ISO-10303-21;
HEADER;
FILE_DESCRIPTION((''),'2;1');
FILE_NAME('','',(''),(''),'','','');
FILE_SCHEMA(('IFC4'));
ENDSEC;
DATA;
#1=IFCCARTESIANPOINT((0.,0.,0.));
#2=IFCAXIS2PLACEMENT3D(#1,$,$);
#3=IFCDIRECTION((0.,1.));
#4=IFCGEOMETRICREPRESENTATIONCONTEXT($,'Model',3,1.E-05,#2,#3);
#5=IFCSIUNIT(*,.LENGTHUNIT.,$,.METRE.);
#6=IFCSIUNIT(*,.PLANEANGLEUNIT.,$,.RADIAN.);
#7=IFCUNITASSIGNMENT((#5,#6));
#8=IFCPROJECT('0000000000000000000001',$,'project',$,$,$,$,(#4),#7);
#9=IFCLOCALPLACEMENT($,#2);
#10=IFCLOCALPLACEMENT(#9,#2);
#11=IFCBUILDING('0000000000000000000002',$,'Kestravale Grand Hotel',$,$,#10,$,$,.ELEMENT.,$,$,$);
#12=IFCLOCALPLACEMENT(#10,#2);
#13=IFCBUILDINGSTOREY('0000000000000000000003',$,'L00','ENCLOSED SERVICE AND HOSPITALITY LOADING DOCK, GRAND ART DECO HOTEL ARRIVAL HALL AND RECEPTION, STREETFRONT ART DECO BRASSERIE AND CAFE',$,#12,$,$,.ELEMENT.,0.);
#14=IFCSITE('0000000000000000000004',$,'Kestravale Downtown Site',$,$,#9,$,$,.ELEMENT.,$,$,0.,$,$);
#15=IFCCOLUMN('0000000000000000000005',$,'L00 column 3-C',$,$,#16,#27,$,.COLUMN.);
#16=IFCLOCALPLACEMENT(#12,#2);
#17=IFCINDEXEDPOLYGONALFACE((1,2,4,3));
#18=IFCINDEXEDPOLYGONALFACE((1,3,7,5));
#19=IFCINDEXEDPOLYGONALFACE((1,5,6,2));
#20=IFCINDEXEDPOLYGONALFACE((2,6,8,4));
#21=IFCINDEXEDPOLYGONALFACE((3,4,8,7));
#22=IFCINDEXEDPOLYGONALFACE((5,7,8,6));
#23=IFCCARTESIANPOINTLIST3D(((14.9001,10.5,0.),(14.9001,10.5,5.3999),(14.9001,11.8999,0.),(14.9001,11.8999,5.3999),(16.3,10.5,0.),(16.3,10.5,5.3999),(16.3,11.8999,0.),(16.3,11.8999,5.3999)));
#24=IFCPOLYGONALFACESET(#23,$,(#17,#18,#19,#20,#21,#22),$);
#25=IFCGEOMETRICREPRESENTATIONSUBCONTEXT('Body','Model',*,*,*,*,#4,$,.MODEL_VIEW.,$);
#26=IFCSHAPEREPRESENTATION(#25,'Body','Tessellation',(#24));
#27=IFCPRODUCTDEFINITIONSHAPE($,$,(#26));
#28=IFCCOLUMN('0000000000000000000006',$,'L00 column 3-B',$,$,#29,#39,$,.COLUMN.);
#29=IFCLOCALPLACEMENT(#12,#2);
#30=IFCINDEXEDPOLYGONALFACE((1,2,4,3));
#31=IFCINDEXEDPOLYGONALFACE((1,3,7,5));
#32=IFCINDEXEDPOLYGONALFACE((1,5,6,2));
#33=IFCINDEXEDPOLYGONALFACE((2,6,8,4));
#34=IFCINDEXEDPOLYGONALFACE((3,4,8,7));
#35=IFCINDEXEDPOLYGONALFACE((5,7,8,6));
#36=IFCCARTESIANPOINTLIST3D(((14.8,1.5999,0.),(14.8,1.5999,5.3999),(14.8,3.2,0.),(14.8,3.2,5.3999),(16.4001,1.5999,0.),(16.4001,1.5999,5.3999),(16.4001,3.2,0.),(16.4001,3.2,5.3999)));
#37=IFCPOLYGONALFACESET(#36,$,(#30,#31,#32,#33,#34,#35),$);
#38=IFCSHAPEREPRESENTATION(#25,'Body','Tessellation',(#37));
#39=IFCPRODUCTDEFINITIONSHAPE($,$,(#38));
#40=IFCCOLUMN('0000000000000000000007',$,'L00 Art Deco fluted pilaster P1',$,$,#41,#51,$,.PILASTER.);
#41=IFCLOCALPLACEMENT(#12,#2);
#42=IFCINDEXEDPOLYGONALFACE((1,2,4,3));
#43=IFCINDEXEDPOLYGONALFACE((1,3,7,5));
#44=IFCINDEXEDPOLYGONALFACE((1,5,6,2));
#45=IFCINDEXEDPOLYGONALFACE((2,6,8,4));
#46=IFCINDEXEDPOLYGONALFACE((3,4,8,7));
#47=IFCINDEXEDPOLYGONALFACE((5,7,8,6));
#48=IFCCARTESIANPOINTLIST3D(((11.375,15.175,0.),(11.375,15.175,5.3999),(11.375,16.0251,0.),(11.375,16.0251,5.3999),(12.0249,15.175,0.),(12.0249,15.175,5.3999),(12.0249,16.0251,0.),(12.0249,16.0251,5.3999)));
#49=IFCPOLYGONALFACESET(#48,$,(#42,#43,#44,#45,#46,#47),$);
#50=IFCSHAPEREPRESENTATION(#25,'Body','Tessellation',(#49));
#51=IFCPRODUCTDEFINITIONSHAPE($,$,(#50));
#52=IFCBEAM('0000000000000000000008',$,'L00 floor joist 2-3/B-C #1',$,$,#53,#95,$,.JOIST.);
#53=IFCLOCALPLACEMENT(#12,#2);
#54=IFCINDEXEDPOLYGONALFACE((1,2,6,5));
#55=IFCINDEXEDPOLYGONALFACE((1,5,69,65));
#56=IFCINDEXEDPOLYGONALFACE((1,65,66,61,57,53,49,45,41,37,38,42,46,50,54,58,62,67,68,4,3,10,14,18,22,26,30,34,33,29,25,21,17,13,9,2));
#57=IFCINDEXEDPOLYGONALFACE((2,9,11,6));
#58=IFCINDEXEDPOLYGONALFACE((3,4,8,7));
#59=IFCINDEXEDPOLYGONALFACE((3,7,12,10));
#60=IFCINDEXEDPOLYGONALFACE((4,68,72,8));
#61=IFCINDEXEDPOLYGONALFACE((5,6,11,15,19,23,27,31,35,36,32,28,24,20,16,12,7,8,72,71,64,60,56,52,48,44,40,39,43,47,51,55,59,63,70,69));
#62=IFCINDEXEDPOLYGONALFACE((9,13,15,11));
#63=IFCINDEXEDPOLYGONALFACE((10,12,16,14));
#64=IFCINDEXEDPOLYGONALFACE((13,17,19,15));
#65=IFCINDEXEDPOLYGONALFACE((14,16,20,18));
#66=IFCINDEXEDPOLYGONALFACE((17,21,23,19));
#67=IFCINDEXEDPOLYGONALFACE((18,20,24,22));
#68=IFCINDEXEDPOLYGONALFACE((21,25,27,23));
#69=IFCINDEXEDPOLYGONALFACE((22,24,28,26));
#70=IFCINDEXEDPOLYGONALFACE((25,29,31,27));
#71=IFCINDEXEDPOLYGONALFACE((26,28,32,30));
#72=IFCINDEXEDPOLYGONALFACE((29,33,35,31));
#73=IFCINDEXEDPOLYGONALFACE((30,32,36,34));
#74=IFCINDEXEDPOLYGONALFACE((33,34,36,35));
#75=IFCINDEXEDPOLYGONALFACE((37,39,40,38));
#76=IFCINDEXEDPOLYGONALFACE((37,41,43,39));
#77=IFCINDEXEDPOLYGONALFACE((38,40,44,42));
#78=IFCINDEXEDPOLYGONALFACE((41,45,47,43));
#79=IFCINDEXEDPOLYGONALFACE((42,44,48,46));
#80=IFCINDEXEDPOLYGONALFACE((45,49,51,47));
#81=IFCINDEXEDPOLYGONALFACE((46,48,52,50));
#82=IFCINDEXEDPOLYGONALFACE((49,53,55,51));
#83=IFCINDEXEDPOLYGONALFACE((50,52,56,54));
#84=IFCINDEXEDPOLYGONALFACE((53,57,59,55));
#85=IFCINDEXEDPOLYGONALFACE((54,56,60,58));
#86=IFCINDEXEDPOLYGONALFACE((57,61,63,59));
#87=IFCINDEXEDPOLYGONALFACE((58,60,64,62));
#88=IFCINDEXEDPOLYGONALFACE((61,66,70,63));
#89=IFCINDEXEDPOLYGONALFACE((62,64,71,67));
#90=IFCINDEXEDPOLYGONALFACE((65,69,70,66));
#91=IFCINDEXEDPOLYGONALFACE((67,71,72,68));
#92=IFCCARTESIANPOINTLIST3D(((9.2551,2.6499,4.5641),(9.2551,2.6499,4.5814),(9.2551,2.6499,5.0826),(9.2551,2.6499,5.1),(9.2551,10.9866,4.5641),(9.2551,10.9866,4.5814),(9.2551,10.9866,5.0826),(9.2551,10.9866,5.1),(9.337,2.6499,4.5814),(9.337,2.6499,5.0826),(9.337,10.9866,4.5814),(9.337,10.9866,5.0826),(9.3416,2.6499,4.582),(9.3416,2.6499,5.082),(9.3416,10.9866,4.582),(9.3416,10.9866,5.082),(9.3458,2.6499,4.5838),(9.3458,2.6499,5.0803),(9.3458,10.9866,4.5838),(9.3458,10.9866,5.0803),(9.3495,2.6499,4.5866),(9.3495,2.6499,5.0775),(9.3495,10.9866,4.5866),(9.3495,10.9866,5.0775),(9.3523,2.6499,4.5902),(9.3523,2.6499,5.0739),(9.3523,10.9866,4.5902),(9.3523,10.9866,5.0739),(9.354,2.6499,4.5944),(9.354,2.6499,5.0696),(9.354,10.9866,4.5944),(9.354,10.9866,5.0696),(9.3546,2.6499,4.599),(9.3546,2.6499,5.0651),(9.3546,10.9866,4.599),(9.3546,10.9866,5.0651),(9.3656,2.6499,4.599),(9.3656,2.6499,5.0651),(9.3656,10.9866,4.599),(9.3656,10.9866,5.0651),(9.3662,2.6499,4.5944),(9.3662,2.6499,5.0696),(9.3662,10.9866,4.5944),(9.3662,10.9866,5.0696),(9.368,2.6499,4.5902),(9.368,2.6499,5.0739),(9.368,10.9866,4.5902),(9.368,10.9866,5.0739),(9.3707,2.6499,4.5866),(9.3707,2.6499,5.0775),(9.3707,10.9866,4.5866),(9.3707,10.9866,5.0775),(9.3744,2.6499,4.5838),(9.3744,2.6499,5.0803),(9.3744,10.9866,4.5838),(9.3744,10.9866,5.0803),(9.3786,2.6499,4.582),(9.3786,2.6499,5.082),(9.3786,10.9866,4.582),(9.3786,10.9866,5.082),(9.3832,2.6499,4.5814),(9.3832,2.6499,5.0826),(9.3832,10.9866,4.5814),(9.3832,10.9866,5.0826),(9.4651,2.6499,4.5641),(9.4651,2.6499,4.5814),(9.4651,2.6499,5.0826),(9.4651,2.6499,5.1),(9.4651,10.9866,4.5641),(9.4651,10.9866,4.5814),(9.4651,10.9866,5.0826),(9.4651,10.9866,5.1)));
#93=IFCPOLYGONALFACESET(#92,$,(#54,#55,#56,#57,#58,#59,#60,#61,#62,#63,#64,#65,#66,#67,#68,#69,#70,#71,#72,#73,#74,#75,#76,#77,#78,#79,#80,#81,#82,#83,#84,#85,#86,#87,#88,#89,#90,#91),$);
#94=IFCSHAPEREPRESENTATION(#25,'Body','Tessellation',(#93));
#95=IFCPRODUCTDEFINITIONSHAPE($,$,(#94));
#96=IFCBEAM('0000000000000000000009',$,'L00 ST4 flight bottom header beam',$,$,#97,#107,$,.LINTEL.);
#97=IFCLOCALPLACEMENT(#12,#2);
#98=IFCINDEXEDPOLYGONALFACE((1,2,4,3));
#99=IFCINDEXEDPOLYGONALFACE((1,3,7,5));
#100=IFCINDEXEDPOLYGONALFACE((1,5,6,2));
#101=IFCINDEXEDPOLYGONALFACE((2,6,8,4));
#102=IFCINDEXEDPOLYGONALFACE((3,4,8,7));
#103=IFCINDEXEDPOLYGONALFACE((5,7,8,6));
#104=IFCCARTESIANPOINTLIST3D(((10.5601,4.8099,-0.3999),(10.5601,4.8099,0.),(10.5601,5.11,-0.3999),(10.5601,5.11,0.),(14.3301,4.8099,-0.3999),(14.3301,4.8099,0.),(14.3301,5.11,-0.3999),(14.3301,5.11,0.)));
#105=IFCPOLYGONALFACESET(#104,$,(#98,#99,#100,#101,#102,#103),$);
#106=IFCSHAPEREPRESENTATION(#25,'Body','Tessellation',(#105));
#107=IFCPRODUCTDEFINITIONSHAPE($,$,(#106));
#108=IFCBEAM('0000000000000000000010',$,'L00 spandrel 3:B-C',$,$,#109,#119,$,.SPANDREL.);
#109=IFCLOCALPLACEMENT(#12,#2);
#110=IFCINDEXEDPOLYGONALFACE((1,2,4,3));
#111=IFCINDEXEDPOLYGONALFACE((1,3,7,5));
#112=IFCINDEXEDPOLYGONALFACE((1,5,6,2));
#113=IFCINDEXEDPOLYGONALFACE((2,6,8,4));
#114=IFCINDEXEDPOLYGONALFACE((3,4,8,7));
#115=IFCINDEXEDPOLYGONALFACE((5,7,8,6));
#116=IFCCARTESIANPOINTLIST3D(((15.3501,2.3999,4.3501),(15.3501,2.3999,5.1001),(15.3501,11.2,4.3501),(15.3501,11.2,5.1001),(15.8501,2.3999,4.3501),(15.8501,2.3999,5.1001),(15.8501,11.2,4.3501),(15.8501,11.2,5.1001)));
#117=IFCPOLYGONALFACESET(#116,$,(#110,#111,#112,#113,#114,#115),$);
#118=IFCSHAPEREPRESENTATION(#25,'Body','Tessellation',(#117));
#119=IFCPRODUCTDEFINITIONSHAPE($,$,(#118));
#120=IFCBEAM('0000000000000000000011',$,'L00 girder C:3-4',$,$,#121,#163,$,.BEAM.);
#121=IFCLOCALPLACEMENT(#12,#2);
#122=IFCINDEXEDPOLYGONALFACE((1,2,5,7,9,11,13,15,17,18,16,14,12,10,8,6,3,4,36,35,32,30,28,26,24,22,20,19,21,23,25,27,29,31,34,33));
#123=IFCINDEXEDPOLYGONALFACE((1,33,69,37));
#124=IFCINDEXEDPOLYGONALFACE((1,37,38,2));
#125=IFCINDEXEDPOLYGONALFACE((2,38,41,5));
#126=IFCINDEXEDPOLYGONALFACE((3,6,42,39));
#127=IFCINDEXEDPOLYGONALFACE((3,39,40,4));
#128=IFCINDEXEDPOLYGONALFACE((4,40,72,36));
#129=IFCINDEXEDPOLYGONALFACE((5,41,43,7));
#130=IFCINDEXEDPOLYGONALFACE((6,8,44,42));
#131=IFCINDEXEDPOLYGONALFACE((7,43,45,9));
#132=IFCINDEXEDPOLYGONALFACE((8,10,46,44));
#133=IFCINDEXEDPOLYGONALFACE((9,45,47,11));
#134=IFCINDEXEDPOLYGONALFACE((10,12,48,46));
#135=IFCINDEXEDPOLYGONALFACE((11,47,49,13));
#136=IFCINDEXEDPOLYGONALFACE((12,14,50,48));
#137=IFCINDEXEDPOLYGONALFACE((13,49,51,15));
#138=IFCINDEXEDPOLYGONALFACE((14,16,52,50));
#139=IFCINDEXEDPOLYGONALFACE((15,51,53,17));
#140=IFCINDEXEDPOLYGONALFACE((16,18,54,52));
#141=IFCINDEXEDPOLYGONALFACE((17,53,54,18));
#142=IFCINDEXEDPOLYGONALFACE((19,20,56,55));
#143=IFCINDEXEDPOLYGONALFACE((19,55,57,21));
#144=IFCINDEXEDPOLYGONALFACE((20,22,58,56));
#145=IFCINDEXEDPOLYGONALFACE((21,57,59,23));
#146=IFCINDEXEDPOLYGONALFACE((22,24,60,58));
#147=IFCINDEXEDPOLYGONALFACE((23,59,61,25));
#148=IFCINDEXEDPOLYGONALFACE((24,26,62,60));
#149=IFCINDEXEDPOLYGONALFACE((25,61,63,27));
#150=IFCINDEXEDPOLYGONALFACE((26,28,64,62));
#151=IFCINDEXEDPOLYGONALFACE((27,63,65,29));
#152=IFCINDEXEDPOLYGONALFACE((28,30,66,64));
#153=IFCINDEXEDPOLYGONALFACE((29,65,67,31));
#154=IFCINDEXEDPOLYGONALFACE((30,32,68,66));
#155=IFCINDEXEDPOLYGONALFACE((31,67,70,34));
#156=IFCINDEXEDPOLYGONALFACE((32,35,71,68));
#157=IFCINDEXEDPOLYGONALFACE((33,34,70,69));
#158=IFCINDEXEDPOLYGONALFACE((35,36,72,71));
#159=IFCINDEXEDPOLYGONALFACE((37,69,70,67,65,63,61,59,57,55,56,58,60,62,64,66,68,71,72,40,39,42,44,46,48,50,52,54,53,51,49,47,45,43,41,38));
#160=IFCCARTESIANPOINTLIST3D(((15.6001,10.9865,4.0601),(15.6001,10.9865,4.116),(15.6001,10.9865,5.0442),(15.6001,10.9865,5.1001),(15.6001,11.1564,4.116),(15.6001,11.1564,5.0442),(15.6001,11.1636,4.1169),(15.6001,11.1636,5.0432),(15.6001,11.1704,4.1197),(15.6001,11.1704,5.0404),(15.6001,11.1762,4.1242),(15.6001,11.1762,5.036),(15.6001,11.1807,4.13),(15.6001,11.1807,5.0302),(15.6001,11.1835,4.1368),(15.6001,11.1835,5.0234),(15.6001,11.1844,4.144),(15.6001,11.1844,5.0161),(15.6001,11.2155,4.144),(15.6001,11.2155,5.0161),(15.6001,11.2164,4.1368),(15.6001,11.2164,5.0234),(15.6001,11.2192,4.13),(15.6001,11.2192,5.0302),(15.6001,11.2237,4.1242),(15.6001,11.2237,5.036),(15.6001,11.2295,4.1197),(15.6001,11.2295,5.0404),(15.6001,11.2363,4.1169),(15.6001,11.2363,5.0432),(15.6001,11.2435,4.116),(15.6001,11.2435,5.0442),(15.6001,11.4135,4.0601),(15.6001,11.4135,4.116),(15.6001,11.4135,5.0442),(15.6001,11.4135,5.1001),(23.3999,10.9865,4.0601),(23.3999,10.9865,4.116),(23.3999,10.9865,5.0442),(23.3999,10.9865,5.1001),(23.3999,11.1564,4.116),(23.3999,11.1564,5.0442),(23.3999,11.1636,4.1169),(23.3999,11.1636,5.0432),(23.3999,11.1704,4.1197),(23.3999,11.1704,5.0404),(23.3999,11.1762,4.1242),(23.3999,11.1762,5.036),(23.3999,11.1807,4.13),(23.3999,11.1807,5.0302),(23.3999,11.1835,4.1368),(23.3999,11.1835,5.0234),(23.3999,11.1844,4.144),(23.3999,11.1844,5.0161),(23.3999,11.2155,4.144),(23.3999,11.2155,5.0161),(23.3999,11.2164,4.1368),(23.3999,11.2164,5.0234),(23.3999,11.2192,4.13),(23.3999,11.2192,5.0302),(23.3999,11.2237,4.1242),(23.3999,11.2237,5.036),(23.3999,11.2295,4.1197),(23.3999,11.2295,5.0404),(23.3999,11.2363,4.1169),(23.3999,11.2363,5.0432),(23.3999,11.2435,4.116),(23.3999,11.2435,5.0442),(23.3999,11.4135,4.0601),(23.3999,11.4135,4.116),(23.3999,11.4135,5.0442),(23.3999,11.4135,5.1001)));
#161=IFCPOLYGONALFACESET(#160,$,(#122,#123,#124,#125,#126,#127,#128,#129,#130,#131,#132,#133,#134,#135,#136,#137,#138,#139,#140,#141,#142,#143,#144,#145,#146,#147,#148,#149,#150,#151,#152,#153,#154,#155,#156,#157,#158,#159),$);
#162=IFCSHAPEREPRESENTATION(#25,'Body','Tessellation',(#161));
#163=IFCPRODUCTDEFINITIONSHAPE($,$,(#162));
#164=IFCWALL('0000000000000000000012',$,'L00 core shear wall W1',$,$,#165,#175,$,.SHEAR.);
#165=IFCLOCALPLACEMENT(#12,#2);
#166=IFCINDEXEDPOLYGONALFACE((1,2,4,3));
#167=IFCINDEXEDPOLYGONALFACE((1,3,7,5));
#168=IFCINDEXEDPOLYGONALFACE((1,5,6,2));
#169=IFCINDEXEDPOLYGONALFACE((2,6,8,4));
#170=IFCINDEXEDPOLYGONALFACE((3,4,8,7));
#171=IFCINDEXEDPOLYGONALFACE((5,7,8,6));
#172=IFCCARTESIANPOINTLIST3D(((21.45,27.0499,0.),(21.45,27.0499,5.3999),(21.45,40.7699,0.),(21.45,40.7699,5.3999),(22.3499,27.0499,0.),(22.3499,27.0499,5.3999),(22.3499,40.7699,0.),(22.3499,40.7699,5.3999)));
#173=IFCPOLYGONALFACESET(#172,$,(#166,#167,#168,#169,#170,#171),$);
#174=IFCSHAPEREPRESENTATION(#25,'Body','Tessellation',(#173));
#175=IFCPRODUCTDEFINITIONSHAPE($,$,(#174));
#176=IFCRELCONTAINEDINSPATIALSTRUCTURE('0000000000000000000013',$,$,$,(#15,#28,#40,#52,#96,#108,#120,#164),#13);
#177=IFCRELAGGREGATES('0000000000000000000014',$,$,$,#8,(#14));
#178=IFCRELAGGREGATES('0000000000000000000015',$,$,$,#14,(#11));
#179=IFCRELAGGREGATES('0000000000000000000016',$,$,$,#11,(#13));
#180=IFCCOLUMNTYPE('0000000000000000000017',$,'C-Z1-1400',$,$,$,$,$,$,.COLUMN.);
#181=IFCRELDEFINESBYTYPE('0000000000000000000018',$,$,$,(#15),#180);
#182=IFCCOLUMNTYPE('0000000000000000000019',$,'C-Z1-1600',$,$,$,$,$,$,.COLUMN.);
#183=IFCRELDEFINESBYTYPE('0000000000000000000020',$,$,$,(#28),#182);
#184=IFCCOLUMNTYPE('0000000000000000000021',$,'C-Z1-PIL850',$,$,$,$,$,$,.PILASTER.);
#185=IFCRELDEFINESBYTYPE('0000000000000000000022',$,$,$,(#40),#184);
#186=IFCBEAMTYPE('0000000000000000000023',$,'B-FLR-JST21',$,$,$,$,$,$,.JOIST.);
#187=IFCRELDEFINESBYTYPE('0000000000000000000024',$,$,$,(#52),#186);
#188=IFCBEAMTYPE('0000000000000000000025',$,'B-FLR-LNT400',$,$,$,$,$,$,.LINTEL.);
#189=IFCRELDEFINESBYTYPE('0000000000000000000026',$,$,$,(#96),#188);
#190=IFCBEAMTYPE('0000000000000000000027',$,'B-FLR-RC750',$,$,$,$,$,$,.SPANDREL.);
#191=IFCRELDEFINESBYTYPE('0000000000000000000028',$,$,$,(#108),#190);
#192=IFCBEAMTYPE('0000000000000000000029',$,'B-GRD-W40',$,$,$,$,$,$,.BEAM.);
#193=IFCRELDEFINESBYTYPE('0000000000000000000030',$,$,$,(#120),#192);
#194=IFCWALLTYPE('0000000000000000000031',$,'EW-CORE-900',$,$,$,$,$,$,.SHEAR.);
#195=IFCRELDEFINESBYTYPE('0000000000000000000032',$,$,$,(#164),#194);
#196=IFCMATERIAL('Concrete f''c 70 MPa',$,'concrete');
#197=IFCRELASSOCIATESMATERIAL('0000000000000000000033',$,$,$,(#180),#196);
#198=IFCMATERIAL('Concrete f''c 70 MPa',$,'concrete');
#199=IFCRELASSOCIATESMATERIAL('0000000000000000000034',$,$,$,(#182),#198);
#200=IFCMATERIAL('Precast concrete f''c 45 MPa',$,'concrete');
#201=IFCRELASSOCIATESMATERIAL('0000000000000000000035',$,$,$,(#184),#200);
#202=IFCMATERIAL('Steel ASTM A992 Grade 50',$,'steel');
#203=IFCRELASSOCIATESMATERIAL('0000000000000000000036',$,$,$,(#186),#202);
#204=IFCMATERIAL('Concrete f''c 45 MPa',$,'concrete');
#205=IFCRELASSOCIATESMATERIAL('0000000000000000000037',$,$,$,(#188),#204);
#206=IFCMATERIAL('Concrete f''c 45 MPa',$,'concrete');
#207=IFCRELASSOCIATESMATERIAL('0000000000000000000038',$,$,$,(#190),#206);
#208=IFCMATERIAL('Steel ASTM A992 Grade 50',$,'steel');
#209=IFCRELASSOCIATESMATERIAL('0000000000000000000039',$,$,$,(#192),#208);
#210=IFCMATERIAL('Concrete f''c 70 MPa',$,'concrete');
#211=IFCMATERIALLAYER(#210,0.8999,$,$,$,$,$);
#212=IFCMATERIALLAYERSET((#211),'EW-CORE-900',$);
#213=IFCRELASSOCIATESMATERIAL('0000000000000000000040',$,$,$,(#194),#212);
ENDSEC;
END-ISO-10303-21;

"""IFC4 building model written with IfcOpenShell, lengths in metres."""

from ifc_helpers import new_model, si_unit, direction, frame, frame_2d, origin, origin_2d, place, context, subcontext, project, spatial, rectangle, i_section, extrude, material, layer, layer_set, material_profile, profile_set, type_object, element, save


model = new_model("IFC4")

# Units and contexts
model_context = context("Model", 3, precision=1e-05, world=origin(), true_north=direction((0.0, 1.0)))
body_context = subcontext(model_context, "Body", "Model", "MODEL_VIEW")
ifc_project = project(units=[si_unit("LENGTHUNIT", "METRE"), si_unit("PLANEANGLEUNIT", "RADIAN")], contexts=[model_context])

# Site, building, storey
site_placement = place(None, origin())
site = spatial("IfcSite", under=ifc_project, at=site_placement, Name="Kestravale Downtown Site", CompositionType="ELEMENT", RefElevation=0.0)
building_placement = place(site_placement, origin())
building = spatial("IfcBuilding", under=site, at=building_placement, Name="Kestravale Grand Hotel", CompositionType="ELEMENT")
storey_placement = place(building_placement, origin())
storey = spatial("IfcBuildingStorey", under=building, at=storey_placement, Name="L00", Description="ENCLOSED SERVICE AND HOSPITALITY LOADING DOCK, GRAND ART DECO HOTEL ARRIVAL HALL AND RECEPTION, STREETFRONT ART DECO BRASSERIE AND CAFE", CompositionType="ELEMENT", Elevation=0.0)

# Columns
ifc_material_1 = material(Name="Concrete f'c 70 MPa", Category="concrete")
ifc_material_profile_1 = material_profile(ifc_material_1, rectangle(XDim=1.3999, YDim=1.3999, at=origin_2d()))
ifc_profile_set_1 = profile_set([ifc_material_profile_1], Name="Concrete f'c 70 MPa")
column_type_1 = type_object("IfcColumnType", Name="C-Z1-1400", PredefinedType="COLUMN", material=ifc_profile_set_1)
column_1_placement = place(storey_placement, frame((15.6001, 11.2, 0.0), z_axis=(0.0, 0.0, 1.0), x_axis=(1.0, 0.0, 0.0)))
element("IfcColumn", 1, at=column_1_placement, inside=storey, type_object=column_type_1, Name="L00 column 3-C", PredefinedType="COLUMN", context=body_context, shape_type="SweptSolid", body=[
    extrude(rectangle(XDim=1.3999, YDim=1.3999, at=origin_2d()), origin(), (0.0, 0.0, 1.0), 5.3999),
])
ifc_material_2 = material(Name="Concrete f'c 70 MPa", Category="concrete")
ifc_material_profile_2 = material_profile(ifc_material_2, rectangle(XDim=1.6001, YDim=1.6001, at=origin_2d()))
ifc_profile_set_2 = profile_set([ifc_material_profile_2], Name="Concrete f'c 70 MPa")
column_type_2 = type_object("IfcColumnType", Name="C-Z1-1600", PredefinedType="COLUMN", material=ifc_profile_set_2)
column_2_placement = place(storey_placement, frame((15.6001, 2.3999, 0.0), z_axis=(0.0, 0.0, 1.0), x_axis=(1.0, 0.0, 0.0)))
element("IfcColumn", 2, at=column_2_placement, inside=storey, type_object=column_type_2, Name="L00 column 3-B", PredefinedType="COLUMN", context=body_context, shape_type="SweptSolid", body=[
    extrude(rectangle(XDim=1.6001, YDim=1.6001, at=origin_2d()), origin(), (0.0, 0.0, 1.0), 5.3999),
])
ifc_material_3 = material(Name="Precast concrete f'c 45 MPa", Category="concrete")
ifc_material_profile_3 = material_profile(ifc_material_3, rectangle(XDim=0.6499, YDim=0.8501, at=origin_2d()))
ifc_profile_set_3 = profile_set([ifc_material_profile_3], Name="Precast concrete f'c 45 MPa")
column_type_3 = type_object("IfcColumnType", Name="C-Z1-PIL850", PredefinedType="PILASTER", material=ifc_profile_set_3)
column_3_placement = place(storey_placement, frame((11.7, 15.6001, 0.0), z_axis=(0.0, 0.0, 1.0), x_axis=(1.0, 0.0, 0.0)))
element("IfcColumn", 3, at=column_3_placement, inside=storey, type_object=column_type_3, Name="L00 Art Deco fluted pilaster P1", PredefinedType="PILASTER", context=body_context, shape_type="SweptSolid", body=[
    extrude(rectangle(XDim=0.6499, YDim=0.8501, at=origin_2d()), origin(), (0.0, 0.0, 1.0), 5.3999),
])

# Beams
ifc_material_4 = material(Name="Steel ASTM A992 Grade 50", Category="steel")
ifc_material_profile_4 = material_profile(ifc_material_4, i_section(OverallWidth=0.21, OverallDepth=0.5359, WebThickness=0.011, FlangeThickness=0.0173, FilletRadius=0.0176, at=origin_2d()))
ifc_profile_set_4 = profile_set([ifc_material_profile_4], Name="Steel ASTM A992 Grade 50")
beam_type_1 = type_object("IfcBeamType", Name="B-FLR-JST21", PredefinedType="JOIST", material=ifc_profile_set_4)
beam_1_placement = place(storey_placement, frame((9.3601, 2.6499, 4.832), z_axis=(0.0, 1.0, 0.0), x_axis=(-1.0, 0.0, 0.0)))
element("IfcBeam", 4, at=beam_1_placement, inside=storey, type_object=beam_type_1, Name="L00 floor joist 2-3/B-C #1", PredefinedType="JOIST", context=body_context, shape_type="SweptSolid", body=[
    extrude(i_section(OverallWidth=0.21, OverallDepth=0.5359, WebThickness=0.011, FlangeThickness=0.0173, FilletRadius=0.0176, at=origin_2d()), origin(), (0.0, 0.0, 1.0), 8.3367),
])
ifc_material_5 = material(Name="Concrete f'c 45 MPa", Category="concrete")
ifc_material_profile_5 = material_profile(ifc_material_5, rectangle(XDim=0.3, YDim=0.3999, at=origin_2d()))
ifc_profile_set_5 = profile_set([ifc_material_profile_5], Name="Concrete f'c 45 MPa")
beam_type_2 = type_object("IfcBeamType", Name="B-FLR-LNT400", PredefinedType="LINTEL", material=ifc_profile_set_5)
beam_2_placement = place(storey_placement, frame((10.5601, 4.96, -0.2), z_axis=(1.0, 0.0, 0.0), x_axis=(0.0, 1.0, 0.0)))
element("IfcBeam", 5, at=beam_2_placement, inside=storey, type_object=beam_type_2, Name="L00 ST4 flight bottom header beam", PredefinedType="LINTEL", context=body_context, shape_type="SweptSolid", body=[
    extrude(rectangle(XDim=0.3, YDim=0.3999, at=origin_2d()), origin(), (0.0, 0.0, 1.0), 3.77),
])
ifc_material_6 = material(Name="Concrete f'c 45 MPa", Category="concrete")
ifc_material_profile_6 = material_profile(ifc_material_6, rectangle(XDim=0.5, YDim=0.75, at=origin_2d()))
ifc_profile_set_6 = profile_set([ifc_material_profile_6], Name="Concrete f'c 45 MPa")
beam_type_3 = type_object("IfcBeamType", Name="B-FLR-RC750", PredefinedType="SPANDREL", material=ifc_profile_set_6)
beam_3_placement = place(storey_placement, frame((15.6001, 2.3999, 4.7251), z_axis=(0.0, 1.0, 0.0), x_axis=(-1.0, 0.0, 0.0)))
element("IfcBeam", 6, at=beam_3_placement, inside=storey, type_object=beam_type_3, Name="L00 spandrel 3:B-C", PredefinedType="SPANDREL", context=body_context, shape_type="SweptSolid", body=[
    extrude(rectangle(XDim=0.5, YDim=0.75, at=origin_2d()), origin(), (0.0, 0.0, 1.0), 8.8),
])
ifc_material_7 = material(Name="Steel ASTM A992 Grade 50", Category="steel")
ifc_material_profile_7 = material_profile(ifc_material_7, i_section(OverallWidth=0.427, OverallDepth=1.04, WebThickness=0.031, FlangeThickness=0.0559, FilletRadius=0.0281, at=origin_2d()))
ifc_profile_set_7 = profile_set([ifc_material_profile_7], Name="Steel ASTM A992 Grade 50")
beam_type_4 = type_object("IfcBeamType", Name="B-GRD-W40", PredefinedType="BEAM", material=ifc_profile_set_7)
beam_4_placement = place(storey_placement, frame((15.6001, 11.2, 4.5801), z_axis=(1.0, 0.0, 0.0), x_axis=(0.0, 1.0, 0.0)))
element("IfcBeam", 7, at=beam_4_placement, inside=storey, type_object=beam_type_4, Name="L00 girder C:3-4", PredefinedType="BEAM", context=body_context, shape_type="SweptSolid", body=[
    extrude(i_section(OverallWidth=0.427, OverallDepth=1.04, WebThickness=0.031, FlangeThickness=0.0559, FilletRadius=0.0281, at=origin_2d()), origin(), (0.0, 0.0, 1.0), 7.7998),
])

# Wall
ifc_material_8 = material(Name="Concrete f'c 70 MPa", Category="concrete")
ifc_layer_1 = layer(ifc_material_8, 0.8999)
ifc_layer_set_1 = layer_set([ifc_layer_1], Name="EW-CORE-900")
wall_type_1 = type_object("IfcWallType", Name="EW-CORE-900", PredefinedType="SHEAR", material=ifc_layer_set_1)
wall_1_placement = place(storey_placement, frame((21.8999, 27.05, 0.0), z_axis=(0.0, 0.0, 1.0), x_axis=(0.0, 1.0, 0.0)))
element("IfcWall", 8, at=wall_1_placement, inside=storey, type_object=wall_type_1, Name="L00 core shear wall W1", PredefinedType="SHEAR", context=body_context, shape_type="SweptSolid", body=[
    extrude(rectangle(XDim=13.72, YDim=0.8999, at=frame_2d((6.8599, 0.0))), origin(), (0.0, 0.0, 1.0), 5.3999),
])

save(model, "model.ifc")
